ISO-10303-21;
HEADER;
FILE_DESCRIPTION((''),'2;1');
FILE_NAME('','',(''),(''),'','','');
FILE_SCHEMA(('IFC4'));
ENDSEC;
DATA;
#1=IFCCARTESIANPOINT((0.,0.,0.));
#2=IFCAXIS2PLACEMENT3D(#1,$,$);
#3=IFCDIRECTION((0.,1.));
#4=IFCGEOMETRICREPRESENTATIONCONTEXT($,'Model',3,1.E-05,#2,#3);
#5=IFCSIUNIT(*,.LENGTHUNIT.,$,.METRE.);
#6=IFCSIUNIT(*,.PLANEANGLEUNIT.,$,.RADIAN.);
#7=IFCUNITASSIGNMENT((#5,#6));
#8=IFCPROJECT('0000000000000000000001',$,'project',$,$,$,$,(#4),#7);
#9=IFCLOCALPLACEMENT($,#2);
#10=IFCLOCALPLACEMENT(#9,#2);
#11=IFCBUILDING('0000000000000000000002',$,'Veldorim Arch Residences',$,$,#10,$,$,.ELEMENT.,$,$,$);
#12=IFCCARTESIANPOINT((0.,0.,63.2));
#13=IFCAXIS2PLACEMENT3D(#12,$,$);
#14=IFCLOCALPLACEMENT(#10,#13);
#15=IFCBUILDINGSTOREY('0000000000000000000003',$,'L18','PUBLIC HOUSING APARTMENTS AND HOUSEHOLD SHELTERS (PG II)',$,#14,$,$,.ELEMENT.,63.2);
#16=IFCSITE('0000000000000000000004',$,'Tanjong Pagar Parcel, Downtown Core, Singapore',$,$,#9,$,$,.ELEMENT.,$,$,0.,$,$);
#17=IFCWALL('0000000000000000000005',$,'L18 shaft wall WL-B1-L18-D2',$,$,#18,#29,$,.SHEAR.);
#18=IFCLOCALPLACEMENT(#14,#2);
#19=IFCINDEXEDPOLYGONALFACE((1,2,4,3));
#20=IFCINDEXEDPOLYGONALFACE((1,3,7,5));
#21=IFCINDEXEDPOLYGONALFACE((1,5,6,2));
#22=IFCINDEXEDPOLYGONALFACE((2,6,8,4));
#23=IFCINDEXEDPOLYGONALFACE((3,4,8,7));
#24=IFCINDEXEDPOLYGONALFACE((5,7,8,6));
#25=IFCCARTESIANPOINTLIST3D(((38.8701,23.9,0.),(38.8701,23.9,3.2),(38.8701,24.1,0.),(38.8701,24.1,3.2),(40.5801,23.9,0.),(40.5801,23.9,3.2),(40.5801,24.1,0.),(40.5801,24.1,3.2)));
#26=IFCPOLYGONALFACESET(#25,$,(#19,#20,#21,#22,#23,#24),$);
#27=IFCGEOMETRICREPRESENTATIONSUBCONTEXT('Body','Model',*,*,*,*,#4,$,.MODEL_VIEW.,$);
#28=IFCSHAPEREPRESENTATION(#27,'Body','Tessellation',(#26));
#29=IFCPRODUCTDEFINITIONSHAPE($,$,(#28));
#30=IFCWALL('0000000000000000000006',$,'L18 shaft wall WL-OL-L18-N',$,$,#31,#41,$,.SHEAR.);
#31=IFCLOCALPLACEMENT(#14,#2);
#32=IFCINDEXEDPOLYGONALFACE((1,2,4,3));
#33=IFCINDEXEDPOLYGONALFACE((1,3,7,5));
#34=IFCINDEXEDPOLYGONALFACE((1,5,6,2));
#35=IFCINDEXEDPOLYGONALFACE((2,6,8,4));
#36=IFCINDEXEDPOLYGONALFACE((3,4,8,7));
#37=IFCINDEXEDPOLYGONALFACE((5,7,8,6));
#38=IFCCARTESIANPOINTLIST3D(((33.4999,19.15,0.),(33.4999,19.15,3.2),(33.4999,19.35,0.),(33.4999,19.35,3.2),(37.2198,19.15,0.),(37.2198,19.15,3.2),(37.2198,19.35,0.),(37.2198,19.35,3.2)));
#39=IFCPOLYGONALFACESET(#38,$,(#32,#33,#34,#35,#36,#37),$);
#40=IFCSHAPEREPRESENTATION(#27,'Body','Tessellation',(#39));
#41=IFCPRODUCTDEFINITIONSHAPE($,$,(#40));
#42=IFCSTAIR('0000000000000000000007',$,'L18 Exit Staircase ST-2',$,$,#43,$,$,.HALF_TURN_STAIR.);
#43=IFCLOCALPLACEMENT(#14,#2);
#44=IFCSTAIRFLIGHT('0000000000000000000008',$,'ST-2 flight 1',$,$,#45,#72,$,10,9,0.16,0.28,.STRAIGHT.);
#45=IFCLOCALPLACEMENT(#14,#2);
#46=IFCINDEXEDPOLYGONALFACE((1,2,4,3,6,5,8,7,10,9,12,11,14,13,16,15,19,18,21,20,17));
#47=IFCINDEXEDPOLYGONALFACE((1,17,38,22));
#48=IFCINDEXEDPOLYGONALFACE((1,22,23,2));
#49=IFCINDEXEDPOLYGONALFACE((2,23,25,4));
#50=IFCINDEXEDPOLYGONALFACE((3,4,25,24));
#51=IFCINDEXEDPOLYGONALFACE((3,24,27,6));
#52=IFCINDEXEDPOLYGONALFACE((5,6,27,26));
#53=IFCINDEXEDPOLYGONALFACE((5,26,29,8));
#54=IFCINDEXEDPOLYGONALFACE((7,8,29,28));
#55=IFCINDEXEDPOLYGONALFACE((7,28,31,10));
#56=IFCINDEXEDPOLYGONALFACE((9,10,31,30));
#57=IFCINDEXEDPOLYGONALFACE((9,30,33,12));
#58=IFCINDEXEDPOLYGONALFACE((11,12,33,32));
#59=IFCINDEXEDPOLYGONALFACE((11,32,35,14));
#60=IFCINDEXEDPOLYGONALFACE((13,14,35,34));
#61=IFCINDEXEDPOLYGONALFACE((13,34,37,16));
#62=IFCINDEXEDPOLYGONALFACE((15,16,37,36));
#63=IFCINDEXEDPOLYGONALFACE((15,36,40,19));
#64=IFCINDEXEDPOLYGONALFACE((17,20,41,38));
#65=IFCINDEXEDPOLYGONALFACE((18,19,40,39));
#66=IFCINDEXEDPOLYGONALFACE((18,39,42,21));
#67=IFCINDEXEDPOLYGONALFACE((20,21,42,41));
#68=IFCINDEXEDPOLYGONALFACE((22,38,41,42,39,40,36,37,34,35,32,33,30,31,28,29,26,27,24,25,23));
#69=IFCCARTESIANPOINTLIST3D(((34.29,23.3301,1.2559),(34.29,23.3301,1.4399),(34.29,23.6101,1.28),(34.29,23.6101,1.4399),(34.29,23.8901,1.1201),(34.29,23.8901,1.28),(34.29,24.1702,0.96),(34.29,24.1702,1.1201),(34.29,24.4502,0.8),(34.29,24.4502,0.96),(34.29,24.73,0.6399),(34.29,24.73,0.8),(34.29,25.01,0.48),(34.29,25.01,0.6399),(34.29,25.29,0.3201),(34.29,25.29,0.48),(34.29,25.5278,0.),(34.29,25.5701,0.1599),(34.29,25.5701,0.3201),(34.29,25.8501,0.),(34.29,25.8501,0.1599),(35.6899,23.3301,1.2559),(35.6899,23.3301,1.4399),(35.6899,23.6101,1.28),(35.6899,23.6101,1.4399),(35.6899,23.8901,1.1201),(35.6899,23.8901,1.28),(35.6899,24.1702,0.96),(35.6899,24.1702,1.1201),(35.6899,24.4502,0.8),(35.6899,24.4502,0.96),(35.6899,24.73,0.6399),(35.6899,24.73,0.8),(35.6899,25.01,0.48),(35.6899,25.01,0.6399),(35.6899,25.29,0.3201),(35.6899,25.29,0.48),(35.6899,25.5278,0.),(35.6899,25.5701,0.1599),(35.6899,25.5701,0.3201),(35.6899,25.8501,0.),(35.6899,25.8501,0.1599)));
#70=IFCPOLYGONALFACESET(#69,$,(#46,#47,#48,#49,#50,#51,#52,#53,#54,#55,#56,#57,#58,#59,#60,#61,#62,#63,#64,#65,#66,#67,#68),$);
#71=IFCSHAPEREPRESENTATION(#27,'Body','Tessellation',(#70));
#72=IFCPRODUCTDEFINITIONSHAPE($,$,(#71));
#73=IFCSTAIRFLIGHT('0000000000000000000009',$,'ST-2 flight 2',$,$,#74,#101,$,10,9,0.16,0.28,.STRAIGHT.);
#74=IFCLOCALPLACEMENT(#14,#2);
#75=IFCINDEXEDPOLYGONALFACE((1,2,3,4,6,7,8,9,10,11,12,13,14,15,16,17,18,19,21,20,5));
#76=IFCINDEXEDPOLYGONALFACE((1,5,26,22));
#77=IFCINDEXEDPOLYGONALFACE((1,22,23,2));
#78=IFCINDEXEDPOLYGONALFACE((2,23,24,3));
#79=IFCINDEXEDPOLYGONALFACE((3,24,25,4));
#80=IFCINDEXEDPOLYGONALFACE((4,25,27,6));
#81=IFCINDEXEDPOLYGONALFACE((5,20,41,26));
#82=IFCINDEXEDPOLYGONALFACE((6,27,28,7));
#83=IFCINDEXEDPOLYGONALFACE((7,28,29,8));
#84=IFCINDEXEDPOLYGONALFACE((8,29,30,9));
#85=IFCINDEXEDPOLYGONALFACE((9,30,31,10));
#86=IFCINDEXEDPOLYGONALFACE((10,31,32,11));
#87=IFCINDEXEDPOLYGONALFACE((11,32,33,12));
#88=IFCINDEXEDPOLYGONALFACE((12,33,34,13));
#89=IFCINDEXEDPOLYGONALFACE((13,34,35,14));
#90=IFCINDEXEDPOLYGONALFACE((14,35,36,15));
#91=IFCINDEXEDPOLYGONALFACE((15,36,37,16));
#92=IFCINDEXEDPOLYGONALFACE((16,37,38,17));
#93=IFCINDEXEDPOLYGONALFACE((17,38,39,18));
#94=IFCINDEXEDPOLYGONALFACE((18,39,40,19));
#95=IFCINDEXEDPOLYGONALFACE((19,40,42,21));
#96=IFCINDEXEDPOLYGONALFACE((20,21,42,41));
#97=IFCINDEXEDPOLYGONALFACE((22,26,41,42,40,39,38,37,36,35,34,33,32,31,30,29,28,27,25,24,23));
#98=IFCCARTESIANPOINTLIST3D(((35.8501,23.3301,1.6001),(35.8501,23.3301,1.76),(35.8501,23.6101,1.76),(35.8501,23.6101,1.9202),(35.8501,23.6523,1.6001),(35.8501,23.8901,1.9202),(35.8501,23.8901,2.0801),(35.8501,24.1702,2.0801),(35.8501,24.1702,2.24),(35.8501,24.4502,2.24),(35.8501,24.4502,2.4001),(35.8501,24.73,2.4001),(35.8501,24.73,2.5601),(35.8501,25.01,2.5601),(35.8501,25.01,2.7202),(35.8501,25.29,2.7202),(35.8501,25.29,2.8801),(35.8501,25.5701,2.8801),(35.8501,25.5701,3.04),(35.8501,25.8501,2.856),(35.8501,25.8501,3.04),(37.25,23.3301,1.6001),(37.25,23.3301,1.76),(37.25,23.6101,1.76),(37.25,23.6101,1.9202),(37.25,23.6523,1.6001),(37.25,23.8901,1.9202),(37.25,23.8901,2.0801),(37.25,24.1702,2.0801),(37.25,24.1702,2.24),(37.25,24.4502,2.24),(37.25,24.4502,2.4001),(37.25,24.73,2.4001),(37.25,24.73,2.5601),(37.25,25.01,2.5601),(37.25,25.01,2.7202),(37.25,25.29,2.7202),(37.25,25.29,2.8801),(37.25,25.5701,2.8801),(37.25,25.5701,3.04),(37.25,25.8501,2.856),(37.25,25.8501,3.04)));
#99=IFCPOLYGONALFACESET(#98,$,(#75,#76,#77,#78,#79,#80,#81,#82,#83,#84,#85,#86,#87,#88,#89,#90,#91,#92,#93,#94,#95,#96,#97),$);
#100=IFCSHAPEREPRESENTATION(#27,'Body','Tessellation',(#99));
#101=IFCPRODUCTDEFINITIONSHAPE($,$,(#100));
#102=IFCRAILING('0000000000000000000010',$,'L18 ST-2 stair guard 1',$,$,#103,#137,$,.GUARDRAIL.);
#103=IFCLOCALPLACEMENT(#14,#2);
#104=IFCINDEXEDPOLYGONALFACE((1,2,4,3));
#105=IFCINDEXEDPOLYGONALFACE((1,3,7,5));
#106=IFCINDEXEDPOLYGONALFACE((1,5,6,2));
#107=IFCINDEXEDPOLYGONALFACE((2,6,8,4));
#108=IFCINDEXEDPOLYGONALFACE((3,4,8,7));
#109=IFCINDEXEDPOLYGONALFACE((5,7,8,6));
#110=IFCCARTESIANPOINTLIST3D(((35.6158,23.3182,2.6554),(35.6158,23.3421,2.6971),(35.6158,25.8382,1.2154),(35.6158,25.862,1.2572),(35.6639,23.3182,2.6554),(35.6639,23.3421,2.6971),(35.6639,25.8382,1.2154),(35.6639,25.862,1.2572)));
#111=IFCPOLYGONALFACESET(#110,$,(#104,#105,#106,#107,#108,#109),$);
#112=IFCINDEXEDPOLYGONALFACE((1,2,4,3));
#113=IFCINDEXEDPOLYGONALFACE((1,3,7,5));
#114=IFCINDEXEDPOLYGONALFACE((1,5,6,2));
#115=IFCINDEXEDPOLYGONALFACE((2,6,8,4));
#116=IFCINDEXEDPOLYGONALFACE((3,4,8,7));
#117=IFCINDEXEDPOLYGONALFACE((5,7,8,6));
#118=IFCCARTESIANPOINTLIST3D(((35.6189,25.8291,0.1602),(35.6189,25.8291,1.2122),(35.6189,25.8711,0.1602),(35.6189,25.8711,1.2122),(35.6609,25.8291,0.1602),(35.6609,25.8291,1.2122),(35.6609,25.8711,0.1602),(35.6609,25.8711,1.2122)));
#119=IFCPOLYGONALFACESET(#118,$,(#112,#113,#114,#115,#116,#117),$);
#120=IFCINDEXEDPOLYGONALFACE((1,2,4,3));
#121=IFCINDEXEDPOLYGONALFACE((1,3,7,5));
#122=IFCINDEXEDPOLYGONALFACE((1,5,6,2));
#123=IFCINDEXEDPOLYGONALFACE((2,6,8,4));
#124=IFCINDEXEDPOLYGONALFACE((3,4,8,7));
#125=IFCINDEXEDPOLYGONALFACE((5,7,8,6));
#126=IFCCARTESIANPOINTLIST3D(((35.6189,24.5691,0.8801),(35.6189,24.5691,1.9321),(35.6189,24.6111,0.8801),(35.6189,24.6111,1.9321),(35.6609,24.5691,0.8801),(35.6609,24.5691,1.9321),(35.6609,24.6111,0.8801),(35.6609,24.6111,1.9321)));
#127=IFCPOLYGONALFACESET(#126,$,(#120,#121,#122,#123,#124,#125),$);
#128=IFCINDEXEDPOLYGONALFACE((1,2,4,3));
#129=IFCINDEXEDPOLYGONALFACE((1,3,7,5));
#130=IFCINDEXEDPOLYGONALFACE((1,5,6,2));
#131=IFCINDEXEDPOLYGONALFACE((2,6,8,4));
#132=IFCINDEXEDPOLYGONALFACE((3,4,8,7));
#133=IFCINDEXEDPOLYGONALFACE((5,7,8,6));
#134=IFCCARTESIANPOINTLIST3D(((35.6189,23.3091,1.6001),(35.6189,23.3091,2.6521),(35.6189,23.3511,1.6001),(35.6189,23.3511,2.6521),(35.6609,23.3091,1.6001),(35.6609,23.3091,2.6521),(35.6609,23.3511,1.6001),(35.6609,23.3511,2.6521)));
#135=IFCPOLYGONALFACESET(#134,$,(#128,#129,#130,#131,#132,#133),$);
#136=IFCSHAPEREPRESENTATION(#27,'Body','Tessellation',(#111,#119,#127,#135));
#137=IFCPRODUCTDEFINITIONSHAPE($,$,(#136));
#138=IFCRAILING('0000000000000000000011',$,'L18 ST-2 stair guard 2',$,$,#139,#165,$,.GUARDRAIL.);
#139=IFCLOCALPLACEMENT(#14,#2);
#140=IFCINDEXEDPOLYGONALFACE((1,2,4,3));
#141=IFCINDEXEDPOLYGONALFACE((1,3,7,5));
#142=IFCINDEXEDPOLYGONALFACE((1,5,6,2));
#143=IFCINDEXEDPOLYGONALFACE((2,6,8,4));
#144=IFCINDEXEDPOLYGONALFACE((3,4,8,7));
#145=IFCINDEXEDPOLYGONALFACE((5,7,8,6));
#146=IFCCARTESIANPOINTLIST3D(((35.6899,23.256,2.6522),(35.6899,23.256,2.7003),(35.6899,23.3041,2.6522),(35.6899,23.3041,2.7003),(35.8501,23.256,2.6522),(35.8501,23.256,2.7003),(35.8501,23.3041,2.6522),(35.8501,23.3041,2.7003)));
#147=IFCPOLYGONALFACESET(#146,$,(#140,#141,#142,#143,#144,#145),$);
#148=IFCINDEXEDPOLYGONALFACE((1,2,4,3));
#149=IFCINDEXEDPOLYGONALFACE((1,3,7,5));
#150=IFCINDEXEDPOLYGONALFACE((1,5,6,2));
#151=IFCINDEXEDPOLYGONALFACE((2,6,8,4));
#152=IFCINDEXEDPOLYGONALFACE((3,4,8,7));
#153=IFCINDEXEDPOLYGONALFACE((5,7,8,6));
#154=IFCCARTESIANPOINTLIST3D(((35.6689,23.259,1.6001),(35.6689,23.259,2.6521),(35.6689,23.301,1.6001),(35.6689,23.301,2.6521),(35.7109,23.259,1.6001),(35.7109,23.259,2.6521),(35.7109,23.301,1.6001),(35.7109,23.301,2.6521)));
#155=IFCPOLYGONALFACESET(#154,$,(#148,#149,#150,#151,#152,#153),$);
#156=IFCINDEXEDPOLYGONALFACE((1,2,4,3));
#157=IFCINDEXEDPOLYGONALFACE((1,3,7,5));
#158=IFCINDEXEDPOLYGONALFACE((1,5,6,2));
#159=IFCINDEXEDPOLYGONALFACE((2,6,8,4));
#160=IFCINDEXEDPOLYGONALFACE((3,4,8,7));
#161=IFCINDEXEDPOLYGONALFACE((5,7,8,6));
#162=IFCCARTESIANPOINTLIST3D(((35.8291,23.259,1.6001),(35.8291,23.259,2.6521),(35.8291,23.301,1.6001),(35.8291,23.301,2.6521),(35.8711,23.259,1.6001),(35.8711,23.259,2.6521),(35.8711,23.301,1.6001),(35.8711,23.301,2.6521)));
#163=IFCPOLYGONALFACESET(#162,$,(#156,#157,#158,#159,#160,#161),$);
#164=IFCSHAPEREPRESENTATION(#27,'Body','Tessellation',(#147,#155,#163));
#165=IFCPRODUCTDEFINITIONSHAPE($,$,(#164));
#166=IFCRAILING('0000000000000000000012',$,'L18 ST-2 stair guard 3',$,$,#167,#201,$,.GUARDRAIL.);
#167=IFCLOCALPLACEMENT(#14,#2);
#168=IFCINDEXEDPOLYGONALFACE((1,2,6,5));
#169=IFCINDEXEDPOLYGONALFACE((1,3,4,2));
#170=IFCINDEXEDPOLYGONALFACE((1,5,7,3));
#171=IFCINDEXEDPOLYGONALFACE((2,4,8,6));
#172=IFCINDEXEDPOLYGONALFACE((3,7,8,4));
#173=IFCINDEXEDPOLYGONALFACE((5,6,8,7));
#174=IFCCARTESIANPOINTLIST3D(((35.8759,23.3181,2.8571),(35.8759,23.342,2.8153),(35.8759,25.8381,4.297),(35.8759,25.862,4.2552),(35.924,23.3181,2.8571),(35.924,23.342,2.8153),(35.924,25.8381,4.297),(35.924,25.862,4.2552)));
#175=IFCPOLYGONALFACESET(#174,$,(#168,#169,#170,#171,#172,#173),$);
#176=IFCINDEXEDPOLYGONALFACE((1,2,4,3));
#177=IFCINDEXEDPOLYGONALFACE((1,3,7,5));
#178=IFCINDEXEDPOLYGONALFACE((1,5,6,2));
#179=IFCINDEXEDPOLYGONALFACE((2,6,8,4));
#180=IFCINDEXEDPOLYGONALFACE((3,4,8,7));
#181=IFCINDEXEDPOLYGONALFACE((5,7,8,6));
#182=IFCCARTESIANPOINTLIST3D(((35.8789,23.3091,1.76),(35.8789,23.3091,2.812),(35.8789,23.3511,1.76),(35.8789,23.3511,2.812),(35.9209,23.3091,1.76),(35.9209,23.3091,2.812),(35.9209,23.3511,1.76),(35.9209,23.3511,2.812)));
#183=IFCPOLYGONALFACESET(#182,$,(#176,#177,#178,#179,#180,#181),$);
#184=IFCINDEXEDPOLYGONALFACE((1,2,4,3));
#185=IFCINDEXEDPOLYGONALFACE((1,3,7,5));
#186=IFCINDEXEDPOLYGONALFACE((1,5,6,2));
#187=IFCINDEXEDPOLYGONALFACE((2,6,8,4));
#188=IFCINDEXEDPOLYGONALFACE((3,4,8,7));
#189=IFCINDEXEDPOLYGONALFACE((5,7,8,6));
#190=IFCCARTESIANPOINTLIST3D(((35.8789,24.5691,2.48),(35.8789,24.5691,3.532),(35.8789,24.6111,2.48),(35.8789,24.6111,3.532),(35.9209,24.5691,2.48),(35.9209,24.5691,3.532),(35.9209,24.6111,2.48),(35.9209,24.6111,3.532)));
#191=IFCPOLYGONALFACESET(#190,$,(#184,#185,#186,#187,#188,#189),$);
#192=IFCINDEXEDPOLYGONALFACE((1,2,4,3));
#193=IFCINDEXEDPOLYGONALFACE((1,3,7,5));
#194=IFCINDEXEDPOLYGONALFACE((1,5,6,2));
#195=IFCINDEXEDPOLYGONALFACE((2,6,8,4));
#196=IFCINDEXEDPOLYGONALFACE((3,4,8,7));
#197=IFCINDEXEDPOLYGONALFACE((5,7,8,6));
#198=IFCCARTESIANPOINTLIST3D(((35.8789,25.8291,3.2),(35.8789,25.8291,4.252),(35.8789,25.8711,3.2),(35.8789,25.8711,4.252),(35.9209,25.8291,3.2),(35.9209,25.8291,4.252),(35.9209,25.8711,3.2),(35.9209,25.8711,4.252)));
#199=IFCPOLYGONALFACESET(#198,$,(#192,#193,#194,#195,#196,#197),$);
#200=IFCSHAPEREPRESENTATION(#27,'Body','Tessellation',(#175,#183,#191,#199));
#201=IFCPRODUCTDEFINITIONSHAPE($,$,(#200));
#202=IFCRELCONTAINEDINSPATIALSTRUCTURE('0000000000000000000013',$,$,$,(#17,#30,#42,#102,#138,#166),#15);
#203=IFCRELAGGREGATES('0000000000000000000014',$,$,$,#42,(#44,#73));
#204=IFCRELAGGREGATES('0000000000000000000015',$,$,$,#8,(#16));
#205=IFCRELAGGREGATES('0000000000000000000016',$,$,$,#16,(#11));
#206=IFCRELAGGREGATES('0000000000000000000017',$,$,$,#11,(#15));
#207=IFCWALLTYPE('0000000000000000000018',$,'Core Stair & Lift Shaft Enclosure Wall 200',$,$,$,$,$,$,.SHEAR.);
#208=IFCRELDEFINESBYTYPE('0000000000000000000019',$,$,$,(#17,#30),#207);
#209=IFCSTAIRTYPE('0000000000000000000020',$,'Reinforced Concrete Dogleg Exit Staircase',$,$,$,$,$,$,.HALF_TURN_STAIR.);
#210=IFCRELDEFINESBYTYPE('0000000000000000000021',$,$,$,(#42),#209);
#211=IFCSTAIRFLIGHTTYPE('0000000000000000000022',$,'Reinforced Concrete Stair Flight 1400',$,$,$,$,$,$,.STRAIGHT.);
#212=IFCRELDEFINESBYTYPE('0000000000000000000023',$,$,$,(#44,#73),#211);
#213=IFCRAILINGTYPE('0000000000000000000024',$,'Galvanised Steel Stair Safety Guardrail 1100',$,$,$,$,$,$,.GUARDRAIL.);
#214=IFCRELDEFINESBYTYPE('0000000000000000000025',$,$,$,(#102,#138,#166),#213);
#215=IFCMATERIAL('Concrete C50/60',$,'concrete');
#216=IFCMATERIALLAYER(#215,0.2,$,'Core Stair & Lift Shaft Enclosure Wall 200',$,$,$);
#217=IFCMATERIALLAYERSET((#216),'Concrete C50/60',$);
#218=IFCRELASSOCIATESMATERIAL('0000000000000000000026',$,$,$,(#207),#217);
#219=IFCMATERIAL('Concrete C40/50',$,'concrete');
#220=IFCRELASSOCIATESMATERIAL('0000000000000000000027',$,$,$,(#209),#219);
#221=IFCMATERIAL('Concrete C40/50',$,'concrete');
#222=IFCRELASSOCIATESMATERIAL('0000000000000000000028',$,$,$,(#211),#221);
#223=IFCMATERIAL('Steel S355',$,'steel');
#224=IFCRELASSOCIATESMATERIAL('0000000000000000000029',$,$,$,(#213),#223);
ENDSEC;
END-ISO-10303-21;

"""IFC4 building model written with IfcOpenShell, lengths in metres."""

from ifc_helpers import new_model, si_unit, direction, frame, frame_2d, origin, origin_2d, place, context, subcontext, project, spatial, polyline, rectangle, outline, extrude, material, layer, layer_set, type_object, element, aggregate, save


model = new_model("IFC4")

# Units and contexts
model_context = context("Model", 3, precision=1e-05, world=origin(), true_north=direction((0.0, 1.0)))
body_context = subcontext(model_context, "Body", "Model", "MODEL_VIEW")
ifc_project = project(units=[si_unit("LENGTHUNIT", "METRE"), si_unit("PLANEANGLEUNIT", "RADIAN")], contexts=[model_context])

# Site, building, storey
site_placement = place(None, origin())
site = spatial("IfcSite", under=ifc_project, at=site_placement, Name="Tanjong Pagar Parcel, Downtown Core, Singapore", CompositionType="ELEMENT", RefElevation=0.0)
building_placement = place(site_placement, origin())
building = spatial("IfcBuilding", under=site, at=building_placement, Name="Veldorim Arch Residences", CompositionType="ELEMENT")
storey_placement = place(building_placement, frame((0.0, 0.0, 63.2)))
storey = spatial("IfcBuildingStorey", under=building, at=storey_placement, Name="L18", Description="PUBLIC HOUSING APARTMENTS AND HOUSEHOLD SHELTERS (PG II)", CompositionType="ELEMENT", Elevation=63.2)

# Walls
ifc_material_1 = material(Name="Concrete C50/60", Category="concrete")
ifc_layer_1 = layer(ifc_material_1, 0.2, Name="Core Stair & Lift Shaft Enclosure Wall 200")
ifc_layer_set_1 = layer_set([ifc_layer_1], Name="Concrete C50/60")
wall_type_1 = type_object("IfcWallType", Name="Core Stair & Lift Shaft Enclosure Wall 200", PredefinedType="SHEAR", material=ifc_layer_set_1)
for number, where, z_axis, x_axis, name in (
    (1, (38.8701, 24.0, 0.0), (0.0, 0.0, 1.0), (1.0, 0.0, 0.0), "L18 shaft wall WL-B1-L18-D2"),
):
    element("IfcWall", number, at=place(storey_placement, frame(where, z_axis=z_axis, x_axis=x_axis)), inside=storey, type_object=wall_type_1, Name=name, PredefinedType="SHEAR", context=body_context, shape_type="SweptSolid", body=[
        extrude(rectangle(XDim=1.71, YDim=0.2, at=frame_2d((0.855, 0.0))), origin(), (0.0, 0.0, 1.0), 3.2),
    ])
wall_1_placement = place(storey_placement, frame((33.5, 19.25, 0.0), z_axis=(0.0, 0.0, 1.0), x_axis=(1.0, 0.0, 0.0)))
element("IfcWall", 2, at=wall_1_placement, inside=storey, type_object=wall_type_1, Name="L18 shaft wall WL-OL-L18-N", PredefinedType="SHEAR", context=body_context, shape_type="SweptSolid", body=[
    extrude(rectangle(XDim=3.72, YDim=0.2, at=frame_2d((1.8599, 0.0))), origin(), (0.0, 0.0, 1.0), 3.2),
])

# Stair, stair flights
ifc_material_2 = material(Name="Concrete C40/50", Category="concrete")
stair_type = type_object("IfcStairType", Name="Reinforced Concrete Dogleg Exit Staircase", PredefinedType="HALF_TURN_STAIR", material=ifc_material_2)
stair_placement = place(storey_placement, origin())
stair = element("IfcStair", 3, at=stair_placement, inside=storey, type_object=stair_type, Name="L18 Exit Staircase ST-2", PredefinedType="HALF_TURN_STAIR")
ifc_material_3 = material(Name="Concrete C40/50", Category="concrete")
stair_flight_type = type_object("IfcStairFlightType", Name="Reinforced Concrete Stair Flight 1400", PredefinedType="STRAIGHT", material=ifc_material_3)
stair_flight_1_placement = place(storey_placement, frame((34.99, 25.8501, 0.0), z_axis=(0.0, 0.0, 1.0), x_axis=(0.0, -1.0, 0.0)))
stair_flight_1 = element("IfcStairFlight", 4, at=stair_flight_1_placement, type_object=stair_flight_type, Name="ST-2 flight 1", NumberOfRisers=10, NumberOfTreads=9, PredefinedType="STRAIGHT", RiserHeight=0.16, TreadLength=0.28, context=body_context, shape_type="SweptSolid", body=[
    extrude(outline(polyline([(0.0, 0.0), (0.0, 0.1599), (0.28, 0.1599), (0.28, 0.3201), (0.5601, 0.3201), (0.5601, 0.48), (0.8401, 0.48), (0.8401, 0.6399), (1.1201, 0.6399), (1.1201, 0.8), (1.3999, 0.8), (1.3999, 0.96), (1.6799, 0.96), (1.6799, 1.1201), (1.96, 1.1201), (1.96, 1.28), (2.24, 1.28), (2.24, 1.4399), (2.52, 1.4399), (2.52, 1.6001), (2.52, 1.2559), (0.3223, 0.0), (0.0, 0.0)])), frame((0.0, 0.7, 0.0), z_axis=(0.0, -1.0, 0.0), x_axis=(1.0, 0.0, 0.0)), (0.0, 0.0, 1.0), 1.3999),
])
stair_flight_2_placement = place(storey_placement, frame((36.55, 23.3301, 1.6001), z_axis=(0.0, 0.0, 1.0), x_axis=(0.0, 1.0, 0.0)))
stair_flight_2 = element("IfcStairFlight", 5, at=stair_flight_2_placement, type_object=stair_flight_type, Name="ST-2 flight 2", NumberOfRisers=10, NumberOfTreads=9, PredefinedType="STRAIGHT", RiserHeight=0.16, TreadLength=0.28, context=body_context, shape_type="SweptSolid", body=[
    extrude(outline(polyline([(0.0, 0.0), (0.0, 0.1599), (0.28, 0.1599), (0.28, 0.3201), (0.5601, 0.3201), (0.5601, 0.48), (0.8401, 0.48), (0.8401, 0.6399), (1.1201, 0.6399), (1.1201, 0.8), (1.3999, 0.8), (1.3999, 0.96), (1.6799, 0.96), (1.6799, 1.1201), (1.96, 1.1201), (1.96, 1.28), (2.24, 1.28), (2.24, 1.4399), (2.52, 1.4399), (2.52, 1.6001), (2.52, 1.2559), (0.3223, 0.0), (0.0, 0.0)])), frame((0.0, 0.7, 0.0), z_axis=(0.0, -1.0, 0.0), x_axis=(1.0, 0.0, 0.0)), (0.0, 0.0, 1.0), 1.3999),
])
aggregate(stair, [stair_flight_1, stair_flight_2])

# Railings
ifc_material_4 = material(Name="Steel S355", Category="steel")
railing_type_1 = type_object("IfcRailingType", Name="Galvanised Steel Stair Safety Guardrail 1100", PredefinedType="GUARDRAIL", material=ifc_material_4)
railing_1_placement = place(storey_placement, frame((35.6399, 25.8501, 0.1602)))
element("IfcRailing", 6, at=railing_1_placement, inside=storey, type_object=railing_type_1, Name="L18 ST-2 stair guard 1", PredefinedType="GUARDRAIL", context=body_context, shape_type="SweptSolid", body=[
    extrude(rectangle(XDim=0.0481, YDim=0.0481, at=origin_2d()), frame((0.0, 0.0, 1.0762), z_axis=(0.0, -0.868253, 0.496121), x_axis=(1.0, 0.0, 0.0)), (0.0, 0.0, 1.0), 2.9023),
    extrude(rectangle(XDim=0.042, YDim=0.042, at=origin_2d()), origin(), (0.0, 0.0, 1.0), 1.052),
    extrude(rectangle(XDim=0.042, YDim=0.042, at=origin_2d()), frame((0.0, -1.26, 0.72)), (0.0, 0.0, 1.0), 1.052),
    extrude(rectangle(XDim=0.042, YDim=0.042, at=origin_2d()), frame((0.0, -2.52, 1.4399)), (0.0, 0.0, 1.0), 1.052),
])
railing_2_placement = place(storey_placement, frame((35.6899, 23.28, 1.6001)))
element("IfcRailing", 7, at=railing_2_placement, inside=storey, type_object=railing_type_1, Name="L18 ST-2 stair guard 2", PredefinedType="GUARDRAIL", context=body_context, shape_type="SweptSolid", body=[
    extrude(rectangle(XDim=0.0481, YDim=0.0481, at=origin_2d()), frame((0.0, 0.0, 1.0762), z_axis=(1.0, 0.0, 0.0), x_axis=(0.0, 1.0, 0.0)), (0.0, 0.0, 1.0), 0.1602),
    extrude(rectangle(XDim=0.042, YDim=0.042, at=origin_2d()), origin(), (0.0, 0.0, 1.0), 1.052),
    extrude(rectangle(XDim=0.042, YDim=0.042, at=origin_2d()), frame((0.1602, 0.0, 0.0)), (0.0, 0.0, 1.0), 1.052),
])
railing_3_placement = place(storey_placement, frame((35.8999, 23.3301, 1.76)))
element("IfcRailing", 8, at=railing_3_placement, inside=storey, type_object=railing_type_1, Name="L18 ST-2 stair guard 3", PredefinedType="GUARDRAIL", context=body_context, shape_type="SweptSolid", body=[
    extrude(rectangle(XDim=0.0481, YDim=0.0481, at=origin_2d()), frame((0.0, 0.0, 1.0762), z_axis=(0.0, 0.868253, 0.496121), x_axis=(-1.0, 0.0, 0.0)), (0.0, 0.0, 1.0), 2.9023),
    extrude(rectangle(XDim=0.042, YDim=0.042, at=origin_2d()), origin(), (0.0, 0.0, 1.0), 1.052),
    extrude(rectangle(XDim=0.042, YDim=0.042, at=origin_2d()), frame((0.0, 1.26, 0.72)), (0.0, 0.0, 1.0), 1.052),
    extrude(rectangle(XDim=0.042, YDim=0.042, at=origin_2d()), frame((0.0, 2.52, 1.4399)), (0.0, 0.0, 1.0), 1.052),
])

save(model, "model.ifc")
